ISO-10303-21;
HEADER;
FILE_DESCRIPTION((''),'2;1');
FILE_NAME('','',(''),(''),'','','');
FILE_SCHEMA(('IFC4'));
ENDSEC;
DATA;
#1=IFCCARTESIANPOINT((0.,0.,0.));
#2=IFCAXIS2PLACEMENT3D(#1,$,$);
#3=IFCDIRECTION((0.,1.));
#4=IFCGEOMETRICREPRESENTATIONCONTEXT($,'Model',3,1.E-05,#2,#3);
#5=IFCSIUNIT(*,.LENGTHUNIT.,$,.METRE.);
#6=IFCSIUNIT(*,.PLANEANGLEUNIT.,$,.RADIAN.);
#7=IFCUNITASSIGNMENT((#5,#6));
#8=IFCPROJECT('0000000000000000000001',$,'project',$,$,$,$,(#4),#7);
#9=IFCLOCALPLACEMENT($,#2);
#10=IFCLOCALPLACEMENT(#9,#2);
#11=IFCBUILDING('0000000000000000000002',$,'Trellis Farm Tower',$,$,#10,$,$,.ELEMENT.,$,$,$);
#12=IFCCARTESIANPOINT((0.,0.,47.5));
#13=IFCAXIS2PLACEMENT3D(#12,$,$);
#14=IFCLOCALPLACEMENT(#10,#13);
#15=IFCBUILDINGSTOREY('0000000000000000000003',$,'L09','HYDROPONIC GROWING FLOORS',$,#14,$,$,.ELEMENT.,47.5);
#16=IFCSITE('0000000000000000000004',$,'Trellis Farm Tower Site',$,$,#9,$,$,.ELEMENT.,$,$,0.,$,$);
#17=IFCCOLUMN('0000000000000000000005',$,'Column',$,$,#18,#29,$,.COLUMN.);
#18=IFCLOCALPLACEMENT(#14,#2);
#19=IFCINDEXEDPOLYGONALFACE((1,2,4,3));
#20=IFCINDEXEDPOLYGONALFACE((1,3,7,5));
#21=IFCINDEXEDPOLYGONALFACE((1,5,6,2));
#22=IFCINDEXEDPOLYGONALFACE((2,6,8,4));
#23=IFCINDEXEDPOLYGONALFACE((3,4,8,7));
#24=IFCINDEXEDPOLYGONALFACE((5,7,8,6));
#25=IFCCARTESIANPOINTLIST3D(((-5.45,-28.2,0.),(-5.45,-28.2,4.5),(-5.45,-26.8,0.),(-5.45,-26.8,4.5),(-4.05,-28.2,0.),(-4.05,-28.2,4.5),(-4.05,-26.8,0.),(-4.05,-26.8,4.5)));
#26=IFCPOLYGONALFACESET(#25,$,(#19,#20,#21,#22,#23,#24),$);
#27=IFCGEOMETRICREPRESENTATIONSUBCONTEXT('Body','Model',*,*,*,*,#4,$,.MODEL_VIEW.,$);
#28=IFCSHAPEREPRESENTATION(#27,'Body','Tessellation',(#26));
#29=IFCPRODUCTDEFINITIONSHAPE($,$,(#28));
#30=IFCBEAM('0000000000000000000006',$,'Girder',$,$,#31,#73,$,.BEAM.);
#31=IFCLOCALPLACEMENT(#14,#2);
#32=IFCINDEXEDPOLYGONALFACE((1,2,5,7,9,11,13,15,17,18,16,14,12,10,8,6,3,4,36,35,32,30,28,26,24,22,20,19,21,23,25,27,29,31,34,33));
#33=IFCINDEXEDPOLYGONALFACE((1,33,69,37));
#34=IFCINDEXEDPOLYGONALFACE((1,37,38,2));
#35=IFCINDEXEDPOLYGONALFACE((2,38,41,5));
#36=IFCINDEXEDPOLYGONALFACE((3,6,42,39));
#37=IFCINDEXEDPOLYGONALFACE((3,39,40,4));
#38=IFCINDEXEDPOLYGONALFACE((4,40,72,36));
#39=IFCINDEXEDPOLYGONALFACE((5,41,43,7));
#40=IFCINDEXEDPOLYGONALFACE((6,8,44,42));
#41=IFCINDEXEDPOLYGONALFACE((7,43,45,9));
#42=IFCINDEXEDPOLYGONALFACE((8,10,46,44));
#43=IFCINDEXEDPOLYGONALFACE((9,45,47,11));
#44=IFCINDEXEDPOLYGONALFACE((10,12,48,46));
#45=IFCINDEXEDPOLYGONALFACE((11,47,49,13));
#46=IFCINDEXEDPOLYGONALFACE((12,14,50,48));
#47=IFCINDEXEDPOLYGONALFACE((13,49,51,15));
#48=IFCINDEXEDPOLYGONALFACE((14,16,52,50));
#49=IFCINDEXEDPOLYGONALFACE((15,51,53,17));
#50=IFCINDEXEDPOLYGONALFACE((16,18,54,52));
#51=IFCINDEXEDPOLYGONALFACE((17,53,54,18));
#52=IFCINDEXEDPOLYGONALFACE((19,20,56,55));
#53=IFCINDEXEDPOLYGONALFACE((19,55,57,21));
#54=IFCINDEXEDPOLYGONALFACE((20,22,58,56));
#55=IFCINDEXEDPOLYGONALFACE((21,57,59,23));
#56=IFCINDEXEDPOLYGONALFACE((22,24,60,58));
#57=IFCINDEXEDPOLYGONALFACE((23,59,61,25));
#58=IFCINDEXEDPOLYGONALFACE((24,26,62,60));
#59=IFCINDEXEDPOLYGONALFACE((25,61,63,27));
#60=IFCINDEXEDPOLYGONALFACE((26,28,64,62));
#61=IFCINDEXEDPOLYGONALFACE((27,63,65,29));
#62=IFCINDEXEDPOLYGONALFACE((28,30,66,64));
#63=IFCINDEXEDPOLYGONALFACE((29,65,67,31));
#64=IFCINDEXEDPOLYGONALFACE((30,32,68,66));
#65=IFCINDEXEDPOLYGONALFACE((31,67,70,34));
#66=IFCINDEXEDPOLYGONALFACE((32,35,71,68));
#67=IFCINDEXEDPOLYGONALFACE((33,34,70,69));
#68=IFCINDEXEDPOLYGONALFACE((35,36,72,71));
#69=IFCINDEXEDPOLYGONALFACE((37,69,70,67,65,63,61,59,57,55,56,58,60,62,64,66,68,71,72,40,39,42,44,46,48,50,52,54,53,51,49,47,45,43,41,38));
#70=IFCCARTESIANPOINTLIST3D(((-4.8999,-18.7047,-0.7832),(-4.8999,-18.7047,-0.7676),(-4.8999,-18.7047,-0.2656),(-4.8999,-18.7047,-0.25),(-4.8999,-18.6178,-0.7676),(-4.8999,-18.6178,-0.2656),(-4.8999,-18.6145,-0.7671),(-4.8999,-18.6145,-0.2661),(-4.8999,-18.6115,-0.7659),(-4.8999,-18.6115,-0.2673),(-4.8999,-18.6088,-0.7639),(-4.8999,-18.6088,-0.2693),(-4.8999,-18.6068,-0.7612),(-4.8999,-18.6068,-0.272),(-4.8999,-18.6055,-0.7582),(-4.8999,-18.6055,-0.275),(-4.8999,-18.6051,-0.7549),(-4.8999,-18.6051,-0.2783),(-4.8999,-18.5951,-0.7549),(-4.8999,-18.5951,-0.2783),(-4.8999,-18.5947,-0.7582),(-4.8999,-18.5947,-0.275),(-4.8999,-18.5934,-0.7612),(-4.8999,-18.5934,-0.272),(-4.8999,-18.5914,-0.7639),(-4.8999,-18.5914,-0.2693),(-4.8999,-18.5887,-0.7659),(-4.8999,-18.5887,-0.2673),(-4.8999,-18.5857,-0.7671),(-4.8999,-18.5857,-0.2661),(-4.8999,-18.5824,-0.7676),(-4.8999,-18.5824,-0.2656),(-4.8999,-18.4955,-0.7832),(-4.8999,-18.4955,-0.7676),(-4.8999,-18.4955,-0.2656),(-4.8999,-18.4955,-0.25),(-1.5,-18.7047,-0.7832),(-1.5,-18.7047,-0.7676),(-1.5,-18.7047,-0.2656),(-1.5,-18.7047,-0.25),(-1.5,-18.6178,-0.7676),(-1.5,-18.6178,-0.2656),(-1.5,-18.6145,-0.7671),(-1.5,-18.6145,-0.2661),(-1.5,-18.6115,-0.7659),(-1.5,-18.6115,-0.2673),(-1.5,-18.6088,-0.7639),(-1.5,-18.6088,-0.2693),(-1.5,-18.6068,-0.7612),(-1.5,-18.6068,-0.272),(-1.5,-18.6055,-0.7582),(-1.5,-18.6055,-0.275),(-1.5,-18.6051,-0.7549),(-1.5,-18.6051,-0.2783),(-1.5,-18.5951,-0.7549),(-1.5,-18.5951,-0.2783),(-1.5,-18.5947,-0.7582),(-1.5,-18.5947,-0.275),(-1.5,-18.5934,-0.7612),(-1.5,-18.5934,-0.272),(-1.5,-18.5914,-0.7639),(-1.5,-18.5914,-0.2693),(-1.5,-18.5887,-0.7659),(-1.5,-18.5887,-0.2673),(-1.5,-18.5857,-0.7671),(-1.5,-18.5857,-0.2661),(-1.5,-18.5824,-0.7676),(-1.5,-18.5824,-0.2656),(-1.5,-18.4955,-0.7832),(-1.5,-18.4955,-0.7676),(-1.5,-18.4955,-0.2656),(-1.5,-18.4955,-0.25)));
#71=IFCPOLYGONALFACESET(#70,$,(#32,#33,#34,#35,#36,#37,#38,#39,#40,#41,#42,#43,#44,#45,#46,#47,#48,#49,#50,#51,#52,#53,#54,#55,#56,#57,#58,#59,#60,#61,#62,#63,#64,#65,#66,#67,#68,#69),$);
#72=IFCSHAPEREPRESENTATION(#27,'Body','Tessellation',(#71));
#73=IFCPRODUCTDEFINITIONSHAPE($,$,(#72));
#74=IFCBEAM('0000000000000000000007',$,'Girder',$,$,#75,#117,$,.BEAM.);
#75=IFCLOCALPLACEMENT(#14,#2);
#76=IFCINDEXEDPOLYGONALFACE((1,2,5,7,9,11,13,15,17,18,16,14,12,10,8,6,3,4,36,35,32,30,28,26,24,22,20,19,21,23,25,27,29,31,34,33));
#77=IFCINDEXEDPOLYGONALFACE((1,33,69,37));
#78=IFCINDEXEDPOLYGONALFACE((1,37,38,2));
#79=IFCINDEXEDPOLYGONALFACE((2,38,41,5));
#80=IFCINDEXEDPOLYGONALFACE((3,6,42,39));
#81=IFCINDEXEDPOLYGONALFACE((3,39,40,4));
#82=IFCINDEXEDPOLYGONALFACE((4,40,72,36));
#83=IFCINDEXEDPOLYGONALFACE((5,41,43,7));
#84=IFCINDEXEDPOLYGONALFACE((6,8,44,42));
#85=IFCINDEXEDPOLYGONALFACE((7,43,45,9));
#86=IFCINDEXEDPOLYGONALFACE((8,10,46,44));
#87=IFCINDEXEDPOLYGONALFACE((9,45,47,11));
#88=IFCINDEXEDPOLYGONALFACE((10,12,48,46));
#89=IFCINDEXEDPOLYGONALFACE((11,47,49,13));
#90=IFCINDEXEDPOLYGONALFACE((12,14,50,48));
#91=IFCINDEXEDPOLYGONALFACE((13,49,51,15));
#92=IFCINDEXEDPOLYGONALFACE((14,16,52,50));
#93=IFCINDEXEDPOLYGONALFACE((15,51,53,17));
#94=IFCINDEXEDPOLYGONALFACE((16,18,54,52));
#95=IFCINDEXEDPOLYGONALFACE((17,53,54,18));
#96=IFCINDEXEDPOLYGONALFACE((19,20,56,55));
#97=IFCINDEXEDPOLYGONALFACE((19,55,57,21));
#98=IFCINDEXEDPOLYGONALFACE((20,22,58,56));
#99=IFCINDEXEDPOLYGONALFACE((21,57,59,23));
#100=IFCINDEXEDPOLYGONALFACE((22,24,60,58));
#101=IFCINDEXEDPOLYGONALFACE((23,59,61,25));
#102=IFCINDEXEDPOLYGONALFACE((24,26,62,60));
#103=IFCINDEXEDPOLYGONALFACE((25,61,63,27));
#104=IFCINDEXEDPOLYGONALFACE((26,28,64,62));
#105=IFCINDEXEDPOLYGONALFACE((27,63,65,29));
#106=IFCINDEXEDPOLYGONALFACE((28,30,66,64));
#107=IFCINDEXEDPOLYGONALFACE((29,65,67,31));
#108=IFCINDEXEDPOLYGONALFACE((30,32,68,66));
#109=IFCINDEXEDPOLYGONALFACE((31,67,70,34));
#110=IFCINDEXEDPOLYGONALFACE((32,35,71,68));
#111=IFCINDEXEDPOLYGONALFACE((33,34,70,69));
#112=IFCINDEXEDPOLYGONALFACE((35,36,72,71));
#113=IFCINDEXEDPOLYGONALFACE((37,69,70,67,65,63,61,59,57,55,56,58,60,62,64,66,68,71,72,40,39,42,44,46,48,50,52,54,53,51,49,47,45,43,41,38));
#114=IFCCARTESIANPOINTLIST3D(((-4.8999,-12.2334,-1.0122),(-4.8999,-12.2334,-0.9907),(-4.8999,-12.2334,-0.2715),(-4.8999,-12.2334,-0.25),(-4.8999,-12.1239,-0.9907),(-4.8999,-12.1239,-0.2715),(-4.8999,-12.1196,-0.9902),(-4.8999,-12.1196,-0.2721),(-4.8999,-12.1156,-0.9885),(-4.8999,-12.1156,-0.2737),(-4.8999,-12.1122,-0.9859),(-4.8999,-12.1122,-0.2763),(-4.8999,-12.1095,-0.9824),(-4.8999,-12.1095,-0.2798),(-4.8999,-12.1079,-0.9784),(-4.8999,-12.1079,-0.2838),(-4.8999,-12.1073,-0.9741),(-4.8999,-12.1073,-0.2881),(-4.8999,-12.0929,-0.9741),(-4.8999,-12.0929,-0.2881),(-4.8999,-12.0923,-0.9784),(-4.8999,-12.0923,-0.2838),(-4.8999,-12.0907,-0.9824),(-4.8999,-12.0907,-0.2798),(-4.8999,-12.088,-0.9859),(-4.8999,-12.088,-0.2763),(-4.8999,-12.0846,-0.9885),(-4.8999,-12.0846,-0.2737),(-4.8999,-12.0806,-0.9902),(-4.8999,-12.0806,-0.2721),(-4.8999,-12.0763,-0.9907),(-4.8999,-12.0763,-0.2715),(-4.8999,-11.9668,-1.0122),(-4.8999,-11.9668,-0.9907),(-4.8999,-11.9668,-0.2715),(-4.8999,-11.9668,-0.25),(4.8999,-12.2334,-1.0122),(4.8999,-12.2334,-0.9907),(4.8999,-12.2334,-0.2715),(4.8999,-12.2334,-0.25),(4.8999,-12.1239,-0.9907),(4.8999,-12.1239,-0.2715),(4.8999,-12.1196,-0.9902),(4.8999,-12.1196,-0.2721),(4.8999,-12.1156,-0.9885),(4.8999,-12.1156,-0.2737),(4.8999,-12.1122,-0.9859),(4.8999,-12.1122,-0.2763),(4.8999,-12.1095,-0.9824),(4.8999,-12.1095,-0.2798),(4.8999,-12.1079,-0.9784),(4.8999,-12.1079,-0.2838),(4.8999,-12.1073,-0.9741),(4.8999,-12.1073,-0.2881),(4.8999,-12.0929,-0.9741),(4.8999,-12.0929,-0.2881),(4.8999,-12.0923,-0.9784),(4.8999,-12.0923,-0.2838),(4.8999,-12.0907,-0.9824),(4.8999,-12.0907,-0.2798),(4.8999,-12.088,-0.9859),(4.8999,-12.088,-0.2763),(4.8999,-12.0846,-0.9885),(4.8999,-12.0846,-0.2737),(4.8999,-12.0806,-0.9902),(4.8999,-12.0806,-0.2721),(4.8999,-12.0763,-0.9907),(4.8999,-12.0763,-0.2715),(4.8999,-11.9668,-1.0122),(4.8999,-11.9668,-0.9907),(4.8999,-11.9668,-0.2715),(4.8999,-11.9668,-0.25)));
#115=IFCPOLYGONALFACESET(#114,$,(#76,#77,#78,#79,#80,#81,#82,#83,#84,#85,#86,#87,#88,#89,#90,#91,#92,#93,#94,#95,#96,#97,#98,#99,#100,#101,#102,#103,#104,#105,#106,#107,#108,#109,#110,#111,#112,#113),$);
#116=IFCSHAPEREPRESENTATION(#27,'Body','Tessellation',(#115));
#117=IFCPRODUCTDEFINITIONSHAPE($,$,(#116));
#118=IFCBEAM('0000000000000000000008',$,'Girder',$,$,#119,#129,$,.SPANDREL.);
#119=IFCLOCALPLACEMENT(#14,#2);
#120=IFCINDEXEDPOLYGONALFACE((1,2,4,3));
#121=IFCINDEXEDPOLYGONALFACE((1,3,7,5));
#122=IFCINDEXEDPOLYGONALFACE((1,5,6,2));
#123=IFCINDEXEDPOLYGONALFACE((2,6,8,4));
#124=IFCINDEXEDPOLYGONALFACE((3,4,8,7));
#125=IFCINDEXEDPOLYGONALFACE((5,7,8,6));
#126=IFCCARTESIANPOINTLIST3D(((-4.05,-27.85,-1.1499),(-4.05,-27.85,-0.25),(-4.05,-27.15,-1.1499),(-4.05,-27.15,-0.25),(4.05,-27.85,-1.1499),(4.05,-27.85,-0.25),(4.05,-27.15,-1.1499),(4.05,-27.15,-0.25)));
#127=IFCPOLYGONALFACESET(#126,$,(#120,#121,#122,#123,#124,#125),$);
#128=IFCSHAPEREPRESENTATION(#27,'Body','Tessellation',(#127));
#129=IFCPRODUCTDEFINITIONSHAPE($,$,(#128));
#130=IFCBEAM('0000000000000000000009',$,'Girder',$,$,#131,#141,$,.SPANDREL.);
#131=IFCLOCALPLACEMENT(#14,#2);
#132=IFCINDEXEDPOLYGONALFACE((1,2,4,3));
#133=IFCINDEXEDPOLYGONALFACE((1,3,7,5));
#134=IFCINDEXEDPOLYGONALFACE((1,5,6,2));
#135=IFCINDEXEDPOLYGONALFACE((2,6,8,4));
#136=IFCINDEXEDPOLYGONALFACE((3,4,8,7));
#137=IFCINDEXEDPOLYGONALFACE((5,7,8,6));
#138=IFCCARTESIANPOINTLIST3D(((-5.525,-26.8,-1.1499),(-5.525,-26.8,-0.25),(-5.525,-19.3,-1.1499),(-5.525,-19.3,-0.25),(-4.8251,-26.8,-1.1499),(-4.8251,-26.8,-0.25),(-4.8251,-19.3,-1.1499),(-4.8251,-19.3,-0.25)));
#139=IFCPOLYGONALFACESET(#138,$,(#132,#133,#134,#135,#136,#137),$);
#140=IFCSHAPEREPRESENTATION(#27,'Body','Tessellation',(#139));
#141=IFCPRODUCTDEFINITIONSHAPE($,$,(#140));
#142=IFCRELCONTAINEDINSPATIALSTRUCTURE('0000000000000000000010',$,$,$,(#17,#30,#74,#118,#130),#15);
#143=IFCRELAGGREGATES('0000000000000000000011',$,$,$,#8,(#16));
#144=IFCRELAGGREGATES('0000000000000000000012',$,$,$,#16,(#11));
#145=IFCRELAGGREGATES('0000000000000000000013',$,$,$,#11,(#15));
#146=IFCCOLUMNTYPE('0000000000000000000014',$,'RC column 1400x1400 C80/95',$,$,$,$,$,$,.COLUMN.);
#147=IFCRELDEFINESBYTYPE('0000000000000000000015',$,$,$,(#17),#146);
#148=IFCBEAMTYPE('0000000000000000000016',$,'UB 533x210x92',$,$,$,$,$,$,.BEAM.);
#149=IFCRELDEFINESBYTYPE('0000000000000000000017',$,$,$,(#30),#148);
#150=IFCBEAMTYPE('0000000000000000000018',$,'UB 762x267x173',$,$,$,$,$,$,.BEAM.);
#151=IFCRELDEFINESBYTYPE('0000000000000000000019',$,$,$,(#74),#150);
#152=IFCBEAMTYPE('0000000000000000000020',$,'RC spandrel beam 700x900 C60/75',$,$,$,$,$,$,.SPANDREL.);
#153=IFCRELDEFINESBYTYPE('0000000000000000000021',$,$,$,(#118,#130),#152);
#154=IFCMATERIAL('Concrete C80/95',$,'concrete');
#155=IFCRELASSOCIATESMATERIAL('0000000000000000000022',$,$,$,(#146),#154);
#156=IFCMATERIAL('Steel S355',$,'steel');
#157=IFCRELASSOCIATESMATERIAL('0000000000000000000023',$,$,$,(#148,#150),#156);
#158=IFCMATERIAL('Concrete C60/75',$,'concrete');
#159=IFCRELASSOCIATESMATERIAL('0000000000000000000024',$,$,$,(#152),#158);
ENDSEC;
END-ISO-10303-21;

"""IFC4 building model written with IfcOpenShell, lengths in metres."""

from ifc_helpers import new_model, si_unit, direction, frame, origin, origin_2d, place, context, subcontext, project, spatial, rectangle, i_section, extrude, source, transform, mapped, material, material_profile, profile_set, type_object, element, save


model = new_model("IFC4")

# Units and contexts
model_context = context("Model", 3, precision=1e-05, world=origin(), true_north=direction((0.0, 1.0)))
body_context = subcontext(model_context, "Body", "Model", "MODEL_VIEW")
ifc_project = project(units=[si_unit("LENGTHUNIT", "METRE"), si_unit("PLANEANGLEUNIT", "RADIAN")], contexts=[model_context])

# Site, building, storey
site_placement = place(None, origin())
site = spatial("IfcSite", under=ifc_project, at=site_placement, Name="Trellis Farm Tower Site", CompositionType="ELEMENT", RefElevation=0.0)
building_placement = place(site_placement, origin())
building = spatial("IfcBuilding", under=site, at=building_placement, Name="Trellis Farm Tower", CompositionType="ELEMENT")
storey_placement = place(building_placement, frame((0.0, 0.0, 47.5)))
storey = spatial("IfcBuildingStorey", under=building, at=storey_placement, Name="L09", Description="HYDROPONIC GROWING FLOORS", CompositionType="ELEMENT", Elevation=47.5)

# Column
ifc_material_1 = material(Name="Concrete C80/95", Category="concrete")
ifc_material_profile_1 = material_profile(ifc_material_1, rectangle(XDim=1.3999, YDim=1.3999, at=origin_2d()), Name="RC column 1400x1400 C80/95")
ifc_profile_set_1 = profile_set([ifc_material_profile_1], Name="Concrete C80/95")
column_type = type_object("IfcColumnType", Name="RC column 1400x1400 C80/95", PredefinedType="COLUMN", material=ifc_profile_set_1)
shared_shape_1 = source(origin(), body_context, "Body", "SweptSolid", [
    extrude(rectangle(XDim=1.3999, YDim=1.3999, at=origin_2d()), origin(), (0.0, 0.0, 1.0), 4.5),
])
column_placement = place(storey_placement, frame((-4.75, -27.5, 0.0), z_axis=(0.0, 0.0, 1.0), x_axis=(1.0, 0.0, 0.0)))
element("IfcColumn", 1, at=column_placement, inside=storey, type_object=column_type, Name="Column", PredefinedType="COLUMN", context=body_context, shape_type="MappedRepresentation", body=[
    mapped(shared_shape_1, transform((0.0, 0.0, 0.0))),
])

# Beams
ifc_material_2 = material(Name="Steel S355", Category="steel")
ifc_material_profile_2 = material_profile(ifc_material_2, i_section(OverallWidth=0.2092, OverallDepth=0.5332, WebThickness=0.01, FlangeThickness=0.0156, FilletRadius=0.0127, at=origin_2d()), Name="UB 533x210x92")
ifc_profile_set_2 = profile_set([ifc_material_profile_2], Name="Steel S355")
beam_type_1 = type_object("IfcBeamType", Name="UB 533x210x92", PredefinedType="BEAM", material=ifc_profile_set_2)
shared_shape_2 = source(origin(), body_context, "Body", "SweptSolid", [
    extrude(i_section(OverallWidth=0.2092, OverallDepth=0.5332, WebThickness=0.01, FlangeThickness=0.0156, FilletRadius=0.0127, at=origin_2d()), origin(), (0.0, 0.0, 1.0), 3.3999),
])
beam_1_placement = place(storey_placement, frame((-4.8999, -18.6001, -0.5166), z_axis=(1.0, 0.0, 0.0), x_axis=(0.0, 1.0, 0.0)))
element("IfcBeam", 2, at=beam_1_placement, inside=storey, type_object=beam_type_1, Name="Girder", PredefinedType="BEAM", context=body_context, shape_type="MappedRepresentation", body=[
    mapped(shared_shape_2, transform((0.0, 0.0, 0.0))),
])
ifc_material_profile_3 = material_profile(ifc_material_2, i_section(OverallWidth=0.2666, OverallDepth=0.7622, WebThickness=0.0144, FlangeThickness=0.0215, FilletRadius=0.0166, at=origin_2d()), Name="UB 762x267x173")
ifc_profile_set_3 = profile_set([ifc_material_profile_3], Name="Steel S355")
beam_type_2 = type_object("IfcBeamType", Name="UB 762x267x173", PredefinedType="BEAM", material=ifc_profile_set_3)
shared_shape_3 = source(origin(), body_context, "Body", "SweptSolid", [
    extrude(i_section(OverallWidth=0.2666, OverallDepth=0.7622, WebThickness=0.0144, FlangeThickness=0.0215, FilletRadius=0.0166, at=origin_2d()), origin(), (0.0, 0.0, 1.0), 9.7998),
])
beam_2_placement = place(storey_placement, frame((-4.8999, -12.1001, -0.6311), z_axis=(1.0, 0.0, 0.0), x_axis=(0.0, 1.0, 0.0)))
element("IfcBeam", 3, at=beam_2_placement, inside=storey, type_object=beam_type_2, Name="Girder", PredefinedType="BEAM", context=body_context, shape_type="MappedRepresentation", body=[
    mapped(shared_shape_3, transform((0.0, 0.0, 0.0))),
])
ifc_material_3 = material(Name="Concrete C60/75", Category="concrete")
ifc_material_profile_4 = material_profile(ifc_material_3, rectangle(XDim=0.7, YDim=0.8999, at=origin_2d()), Name="RC spandrel beam 700x900 C60/75")
ifc_profile_set_4 = profile_set([ifc_material_profile_4], Name="Concrete C60/75")
beam_type_3 = type_object("IfcBeamType", Name="RC spandrel beam 700x900 C60/75", PredefinedType="SPANDREL", material=ifc_profile_set_4)
shared_shape_4 = source(origin(), body_context, "Body", "SweptSolid", [
    extrude(rectangle(XDim=0.7, YDim=0.8999, at=origin_2d()), origin(), (0.0, 0.0, 1.0), 8.1001),
])
beam_3_placement = place(storey_placement, frame((-4.05, -27.5, -0.7), z_axis=(1.0, 0.0, 0.0), x_axis=(0.0, 1.0, 0.0)))
element("IfcBeam", 4, at=beam_3_placement, inside=storey, type_object=beam_type_3, Name="Girder", PredefinedType="SPANDREL", context=body_context, shape_type="MappedRepresentation", body=[
    mapped(shared_shape_4, transform((0.0, 0.0, 0.0))),
])
shared_shape_5 = source(origin(), body_context, "Body", "SweptSolid", [
    extrude(rectangle(XDim=0.7, YDim=0.8999, at=origin_2d()), origin(), (0.0, 0.0, 1.0), 7.5),
])
beam_4_placement = place(storey_placement, frame((-5.175, -26.8, -0.7), z_axis=(0.0, 1.0, 0.0), x_axis=(-1.0, 0.0, 0.0)))
element("IfcBeam", 5, at=beam_4_placement, inside=storey, type_object=beam_type_3, Name="Girder", PredefinedType="SPANDREL", context=body_context, shape_type="MappedRepresentation", body=[
    mapped(shared_shape_5, transform((0.0, 0.0, 0.0))),
])

save(model, "model.ifc")
